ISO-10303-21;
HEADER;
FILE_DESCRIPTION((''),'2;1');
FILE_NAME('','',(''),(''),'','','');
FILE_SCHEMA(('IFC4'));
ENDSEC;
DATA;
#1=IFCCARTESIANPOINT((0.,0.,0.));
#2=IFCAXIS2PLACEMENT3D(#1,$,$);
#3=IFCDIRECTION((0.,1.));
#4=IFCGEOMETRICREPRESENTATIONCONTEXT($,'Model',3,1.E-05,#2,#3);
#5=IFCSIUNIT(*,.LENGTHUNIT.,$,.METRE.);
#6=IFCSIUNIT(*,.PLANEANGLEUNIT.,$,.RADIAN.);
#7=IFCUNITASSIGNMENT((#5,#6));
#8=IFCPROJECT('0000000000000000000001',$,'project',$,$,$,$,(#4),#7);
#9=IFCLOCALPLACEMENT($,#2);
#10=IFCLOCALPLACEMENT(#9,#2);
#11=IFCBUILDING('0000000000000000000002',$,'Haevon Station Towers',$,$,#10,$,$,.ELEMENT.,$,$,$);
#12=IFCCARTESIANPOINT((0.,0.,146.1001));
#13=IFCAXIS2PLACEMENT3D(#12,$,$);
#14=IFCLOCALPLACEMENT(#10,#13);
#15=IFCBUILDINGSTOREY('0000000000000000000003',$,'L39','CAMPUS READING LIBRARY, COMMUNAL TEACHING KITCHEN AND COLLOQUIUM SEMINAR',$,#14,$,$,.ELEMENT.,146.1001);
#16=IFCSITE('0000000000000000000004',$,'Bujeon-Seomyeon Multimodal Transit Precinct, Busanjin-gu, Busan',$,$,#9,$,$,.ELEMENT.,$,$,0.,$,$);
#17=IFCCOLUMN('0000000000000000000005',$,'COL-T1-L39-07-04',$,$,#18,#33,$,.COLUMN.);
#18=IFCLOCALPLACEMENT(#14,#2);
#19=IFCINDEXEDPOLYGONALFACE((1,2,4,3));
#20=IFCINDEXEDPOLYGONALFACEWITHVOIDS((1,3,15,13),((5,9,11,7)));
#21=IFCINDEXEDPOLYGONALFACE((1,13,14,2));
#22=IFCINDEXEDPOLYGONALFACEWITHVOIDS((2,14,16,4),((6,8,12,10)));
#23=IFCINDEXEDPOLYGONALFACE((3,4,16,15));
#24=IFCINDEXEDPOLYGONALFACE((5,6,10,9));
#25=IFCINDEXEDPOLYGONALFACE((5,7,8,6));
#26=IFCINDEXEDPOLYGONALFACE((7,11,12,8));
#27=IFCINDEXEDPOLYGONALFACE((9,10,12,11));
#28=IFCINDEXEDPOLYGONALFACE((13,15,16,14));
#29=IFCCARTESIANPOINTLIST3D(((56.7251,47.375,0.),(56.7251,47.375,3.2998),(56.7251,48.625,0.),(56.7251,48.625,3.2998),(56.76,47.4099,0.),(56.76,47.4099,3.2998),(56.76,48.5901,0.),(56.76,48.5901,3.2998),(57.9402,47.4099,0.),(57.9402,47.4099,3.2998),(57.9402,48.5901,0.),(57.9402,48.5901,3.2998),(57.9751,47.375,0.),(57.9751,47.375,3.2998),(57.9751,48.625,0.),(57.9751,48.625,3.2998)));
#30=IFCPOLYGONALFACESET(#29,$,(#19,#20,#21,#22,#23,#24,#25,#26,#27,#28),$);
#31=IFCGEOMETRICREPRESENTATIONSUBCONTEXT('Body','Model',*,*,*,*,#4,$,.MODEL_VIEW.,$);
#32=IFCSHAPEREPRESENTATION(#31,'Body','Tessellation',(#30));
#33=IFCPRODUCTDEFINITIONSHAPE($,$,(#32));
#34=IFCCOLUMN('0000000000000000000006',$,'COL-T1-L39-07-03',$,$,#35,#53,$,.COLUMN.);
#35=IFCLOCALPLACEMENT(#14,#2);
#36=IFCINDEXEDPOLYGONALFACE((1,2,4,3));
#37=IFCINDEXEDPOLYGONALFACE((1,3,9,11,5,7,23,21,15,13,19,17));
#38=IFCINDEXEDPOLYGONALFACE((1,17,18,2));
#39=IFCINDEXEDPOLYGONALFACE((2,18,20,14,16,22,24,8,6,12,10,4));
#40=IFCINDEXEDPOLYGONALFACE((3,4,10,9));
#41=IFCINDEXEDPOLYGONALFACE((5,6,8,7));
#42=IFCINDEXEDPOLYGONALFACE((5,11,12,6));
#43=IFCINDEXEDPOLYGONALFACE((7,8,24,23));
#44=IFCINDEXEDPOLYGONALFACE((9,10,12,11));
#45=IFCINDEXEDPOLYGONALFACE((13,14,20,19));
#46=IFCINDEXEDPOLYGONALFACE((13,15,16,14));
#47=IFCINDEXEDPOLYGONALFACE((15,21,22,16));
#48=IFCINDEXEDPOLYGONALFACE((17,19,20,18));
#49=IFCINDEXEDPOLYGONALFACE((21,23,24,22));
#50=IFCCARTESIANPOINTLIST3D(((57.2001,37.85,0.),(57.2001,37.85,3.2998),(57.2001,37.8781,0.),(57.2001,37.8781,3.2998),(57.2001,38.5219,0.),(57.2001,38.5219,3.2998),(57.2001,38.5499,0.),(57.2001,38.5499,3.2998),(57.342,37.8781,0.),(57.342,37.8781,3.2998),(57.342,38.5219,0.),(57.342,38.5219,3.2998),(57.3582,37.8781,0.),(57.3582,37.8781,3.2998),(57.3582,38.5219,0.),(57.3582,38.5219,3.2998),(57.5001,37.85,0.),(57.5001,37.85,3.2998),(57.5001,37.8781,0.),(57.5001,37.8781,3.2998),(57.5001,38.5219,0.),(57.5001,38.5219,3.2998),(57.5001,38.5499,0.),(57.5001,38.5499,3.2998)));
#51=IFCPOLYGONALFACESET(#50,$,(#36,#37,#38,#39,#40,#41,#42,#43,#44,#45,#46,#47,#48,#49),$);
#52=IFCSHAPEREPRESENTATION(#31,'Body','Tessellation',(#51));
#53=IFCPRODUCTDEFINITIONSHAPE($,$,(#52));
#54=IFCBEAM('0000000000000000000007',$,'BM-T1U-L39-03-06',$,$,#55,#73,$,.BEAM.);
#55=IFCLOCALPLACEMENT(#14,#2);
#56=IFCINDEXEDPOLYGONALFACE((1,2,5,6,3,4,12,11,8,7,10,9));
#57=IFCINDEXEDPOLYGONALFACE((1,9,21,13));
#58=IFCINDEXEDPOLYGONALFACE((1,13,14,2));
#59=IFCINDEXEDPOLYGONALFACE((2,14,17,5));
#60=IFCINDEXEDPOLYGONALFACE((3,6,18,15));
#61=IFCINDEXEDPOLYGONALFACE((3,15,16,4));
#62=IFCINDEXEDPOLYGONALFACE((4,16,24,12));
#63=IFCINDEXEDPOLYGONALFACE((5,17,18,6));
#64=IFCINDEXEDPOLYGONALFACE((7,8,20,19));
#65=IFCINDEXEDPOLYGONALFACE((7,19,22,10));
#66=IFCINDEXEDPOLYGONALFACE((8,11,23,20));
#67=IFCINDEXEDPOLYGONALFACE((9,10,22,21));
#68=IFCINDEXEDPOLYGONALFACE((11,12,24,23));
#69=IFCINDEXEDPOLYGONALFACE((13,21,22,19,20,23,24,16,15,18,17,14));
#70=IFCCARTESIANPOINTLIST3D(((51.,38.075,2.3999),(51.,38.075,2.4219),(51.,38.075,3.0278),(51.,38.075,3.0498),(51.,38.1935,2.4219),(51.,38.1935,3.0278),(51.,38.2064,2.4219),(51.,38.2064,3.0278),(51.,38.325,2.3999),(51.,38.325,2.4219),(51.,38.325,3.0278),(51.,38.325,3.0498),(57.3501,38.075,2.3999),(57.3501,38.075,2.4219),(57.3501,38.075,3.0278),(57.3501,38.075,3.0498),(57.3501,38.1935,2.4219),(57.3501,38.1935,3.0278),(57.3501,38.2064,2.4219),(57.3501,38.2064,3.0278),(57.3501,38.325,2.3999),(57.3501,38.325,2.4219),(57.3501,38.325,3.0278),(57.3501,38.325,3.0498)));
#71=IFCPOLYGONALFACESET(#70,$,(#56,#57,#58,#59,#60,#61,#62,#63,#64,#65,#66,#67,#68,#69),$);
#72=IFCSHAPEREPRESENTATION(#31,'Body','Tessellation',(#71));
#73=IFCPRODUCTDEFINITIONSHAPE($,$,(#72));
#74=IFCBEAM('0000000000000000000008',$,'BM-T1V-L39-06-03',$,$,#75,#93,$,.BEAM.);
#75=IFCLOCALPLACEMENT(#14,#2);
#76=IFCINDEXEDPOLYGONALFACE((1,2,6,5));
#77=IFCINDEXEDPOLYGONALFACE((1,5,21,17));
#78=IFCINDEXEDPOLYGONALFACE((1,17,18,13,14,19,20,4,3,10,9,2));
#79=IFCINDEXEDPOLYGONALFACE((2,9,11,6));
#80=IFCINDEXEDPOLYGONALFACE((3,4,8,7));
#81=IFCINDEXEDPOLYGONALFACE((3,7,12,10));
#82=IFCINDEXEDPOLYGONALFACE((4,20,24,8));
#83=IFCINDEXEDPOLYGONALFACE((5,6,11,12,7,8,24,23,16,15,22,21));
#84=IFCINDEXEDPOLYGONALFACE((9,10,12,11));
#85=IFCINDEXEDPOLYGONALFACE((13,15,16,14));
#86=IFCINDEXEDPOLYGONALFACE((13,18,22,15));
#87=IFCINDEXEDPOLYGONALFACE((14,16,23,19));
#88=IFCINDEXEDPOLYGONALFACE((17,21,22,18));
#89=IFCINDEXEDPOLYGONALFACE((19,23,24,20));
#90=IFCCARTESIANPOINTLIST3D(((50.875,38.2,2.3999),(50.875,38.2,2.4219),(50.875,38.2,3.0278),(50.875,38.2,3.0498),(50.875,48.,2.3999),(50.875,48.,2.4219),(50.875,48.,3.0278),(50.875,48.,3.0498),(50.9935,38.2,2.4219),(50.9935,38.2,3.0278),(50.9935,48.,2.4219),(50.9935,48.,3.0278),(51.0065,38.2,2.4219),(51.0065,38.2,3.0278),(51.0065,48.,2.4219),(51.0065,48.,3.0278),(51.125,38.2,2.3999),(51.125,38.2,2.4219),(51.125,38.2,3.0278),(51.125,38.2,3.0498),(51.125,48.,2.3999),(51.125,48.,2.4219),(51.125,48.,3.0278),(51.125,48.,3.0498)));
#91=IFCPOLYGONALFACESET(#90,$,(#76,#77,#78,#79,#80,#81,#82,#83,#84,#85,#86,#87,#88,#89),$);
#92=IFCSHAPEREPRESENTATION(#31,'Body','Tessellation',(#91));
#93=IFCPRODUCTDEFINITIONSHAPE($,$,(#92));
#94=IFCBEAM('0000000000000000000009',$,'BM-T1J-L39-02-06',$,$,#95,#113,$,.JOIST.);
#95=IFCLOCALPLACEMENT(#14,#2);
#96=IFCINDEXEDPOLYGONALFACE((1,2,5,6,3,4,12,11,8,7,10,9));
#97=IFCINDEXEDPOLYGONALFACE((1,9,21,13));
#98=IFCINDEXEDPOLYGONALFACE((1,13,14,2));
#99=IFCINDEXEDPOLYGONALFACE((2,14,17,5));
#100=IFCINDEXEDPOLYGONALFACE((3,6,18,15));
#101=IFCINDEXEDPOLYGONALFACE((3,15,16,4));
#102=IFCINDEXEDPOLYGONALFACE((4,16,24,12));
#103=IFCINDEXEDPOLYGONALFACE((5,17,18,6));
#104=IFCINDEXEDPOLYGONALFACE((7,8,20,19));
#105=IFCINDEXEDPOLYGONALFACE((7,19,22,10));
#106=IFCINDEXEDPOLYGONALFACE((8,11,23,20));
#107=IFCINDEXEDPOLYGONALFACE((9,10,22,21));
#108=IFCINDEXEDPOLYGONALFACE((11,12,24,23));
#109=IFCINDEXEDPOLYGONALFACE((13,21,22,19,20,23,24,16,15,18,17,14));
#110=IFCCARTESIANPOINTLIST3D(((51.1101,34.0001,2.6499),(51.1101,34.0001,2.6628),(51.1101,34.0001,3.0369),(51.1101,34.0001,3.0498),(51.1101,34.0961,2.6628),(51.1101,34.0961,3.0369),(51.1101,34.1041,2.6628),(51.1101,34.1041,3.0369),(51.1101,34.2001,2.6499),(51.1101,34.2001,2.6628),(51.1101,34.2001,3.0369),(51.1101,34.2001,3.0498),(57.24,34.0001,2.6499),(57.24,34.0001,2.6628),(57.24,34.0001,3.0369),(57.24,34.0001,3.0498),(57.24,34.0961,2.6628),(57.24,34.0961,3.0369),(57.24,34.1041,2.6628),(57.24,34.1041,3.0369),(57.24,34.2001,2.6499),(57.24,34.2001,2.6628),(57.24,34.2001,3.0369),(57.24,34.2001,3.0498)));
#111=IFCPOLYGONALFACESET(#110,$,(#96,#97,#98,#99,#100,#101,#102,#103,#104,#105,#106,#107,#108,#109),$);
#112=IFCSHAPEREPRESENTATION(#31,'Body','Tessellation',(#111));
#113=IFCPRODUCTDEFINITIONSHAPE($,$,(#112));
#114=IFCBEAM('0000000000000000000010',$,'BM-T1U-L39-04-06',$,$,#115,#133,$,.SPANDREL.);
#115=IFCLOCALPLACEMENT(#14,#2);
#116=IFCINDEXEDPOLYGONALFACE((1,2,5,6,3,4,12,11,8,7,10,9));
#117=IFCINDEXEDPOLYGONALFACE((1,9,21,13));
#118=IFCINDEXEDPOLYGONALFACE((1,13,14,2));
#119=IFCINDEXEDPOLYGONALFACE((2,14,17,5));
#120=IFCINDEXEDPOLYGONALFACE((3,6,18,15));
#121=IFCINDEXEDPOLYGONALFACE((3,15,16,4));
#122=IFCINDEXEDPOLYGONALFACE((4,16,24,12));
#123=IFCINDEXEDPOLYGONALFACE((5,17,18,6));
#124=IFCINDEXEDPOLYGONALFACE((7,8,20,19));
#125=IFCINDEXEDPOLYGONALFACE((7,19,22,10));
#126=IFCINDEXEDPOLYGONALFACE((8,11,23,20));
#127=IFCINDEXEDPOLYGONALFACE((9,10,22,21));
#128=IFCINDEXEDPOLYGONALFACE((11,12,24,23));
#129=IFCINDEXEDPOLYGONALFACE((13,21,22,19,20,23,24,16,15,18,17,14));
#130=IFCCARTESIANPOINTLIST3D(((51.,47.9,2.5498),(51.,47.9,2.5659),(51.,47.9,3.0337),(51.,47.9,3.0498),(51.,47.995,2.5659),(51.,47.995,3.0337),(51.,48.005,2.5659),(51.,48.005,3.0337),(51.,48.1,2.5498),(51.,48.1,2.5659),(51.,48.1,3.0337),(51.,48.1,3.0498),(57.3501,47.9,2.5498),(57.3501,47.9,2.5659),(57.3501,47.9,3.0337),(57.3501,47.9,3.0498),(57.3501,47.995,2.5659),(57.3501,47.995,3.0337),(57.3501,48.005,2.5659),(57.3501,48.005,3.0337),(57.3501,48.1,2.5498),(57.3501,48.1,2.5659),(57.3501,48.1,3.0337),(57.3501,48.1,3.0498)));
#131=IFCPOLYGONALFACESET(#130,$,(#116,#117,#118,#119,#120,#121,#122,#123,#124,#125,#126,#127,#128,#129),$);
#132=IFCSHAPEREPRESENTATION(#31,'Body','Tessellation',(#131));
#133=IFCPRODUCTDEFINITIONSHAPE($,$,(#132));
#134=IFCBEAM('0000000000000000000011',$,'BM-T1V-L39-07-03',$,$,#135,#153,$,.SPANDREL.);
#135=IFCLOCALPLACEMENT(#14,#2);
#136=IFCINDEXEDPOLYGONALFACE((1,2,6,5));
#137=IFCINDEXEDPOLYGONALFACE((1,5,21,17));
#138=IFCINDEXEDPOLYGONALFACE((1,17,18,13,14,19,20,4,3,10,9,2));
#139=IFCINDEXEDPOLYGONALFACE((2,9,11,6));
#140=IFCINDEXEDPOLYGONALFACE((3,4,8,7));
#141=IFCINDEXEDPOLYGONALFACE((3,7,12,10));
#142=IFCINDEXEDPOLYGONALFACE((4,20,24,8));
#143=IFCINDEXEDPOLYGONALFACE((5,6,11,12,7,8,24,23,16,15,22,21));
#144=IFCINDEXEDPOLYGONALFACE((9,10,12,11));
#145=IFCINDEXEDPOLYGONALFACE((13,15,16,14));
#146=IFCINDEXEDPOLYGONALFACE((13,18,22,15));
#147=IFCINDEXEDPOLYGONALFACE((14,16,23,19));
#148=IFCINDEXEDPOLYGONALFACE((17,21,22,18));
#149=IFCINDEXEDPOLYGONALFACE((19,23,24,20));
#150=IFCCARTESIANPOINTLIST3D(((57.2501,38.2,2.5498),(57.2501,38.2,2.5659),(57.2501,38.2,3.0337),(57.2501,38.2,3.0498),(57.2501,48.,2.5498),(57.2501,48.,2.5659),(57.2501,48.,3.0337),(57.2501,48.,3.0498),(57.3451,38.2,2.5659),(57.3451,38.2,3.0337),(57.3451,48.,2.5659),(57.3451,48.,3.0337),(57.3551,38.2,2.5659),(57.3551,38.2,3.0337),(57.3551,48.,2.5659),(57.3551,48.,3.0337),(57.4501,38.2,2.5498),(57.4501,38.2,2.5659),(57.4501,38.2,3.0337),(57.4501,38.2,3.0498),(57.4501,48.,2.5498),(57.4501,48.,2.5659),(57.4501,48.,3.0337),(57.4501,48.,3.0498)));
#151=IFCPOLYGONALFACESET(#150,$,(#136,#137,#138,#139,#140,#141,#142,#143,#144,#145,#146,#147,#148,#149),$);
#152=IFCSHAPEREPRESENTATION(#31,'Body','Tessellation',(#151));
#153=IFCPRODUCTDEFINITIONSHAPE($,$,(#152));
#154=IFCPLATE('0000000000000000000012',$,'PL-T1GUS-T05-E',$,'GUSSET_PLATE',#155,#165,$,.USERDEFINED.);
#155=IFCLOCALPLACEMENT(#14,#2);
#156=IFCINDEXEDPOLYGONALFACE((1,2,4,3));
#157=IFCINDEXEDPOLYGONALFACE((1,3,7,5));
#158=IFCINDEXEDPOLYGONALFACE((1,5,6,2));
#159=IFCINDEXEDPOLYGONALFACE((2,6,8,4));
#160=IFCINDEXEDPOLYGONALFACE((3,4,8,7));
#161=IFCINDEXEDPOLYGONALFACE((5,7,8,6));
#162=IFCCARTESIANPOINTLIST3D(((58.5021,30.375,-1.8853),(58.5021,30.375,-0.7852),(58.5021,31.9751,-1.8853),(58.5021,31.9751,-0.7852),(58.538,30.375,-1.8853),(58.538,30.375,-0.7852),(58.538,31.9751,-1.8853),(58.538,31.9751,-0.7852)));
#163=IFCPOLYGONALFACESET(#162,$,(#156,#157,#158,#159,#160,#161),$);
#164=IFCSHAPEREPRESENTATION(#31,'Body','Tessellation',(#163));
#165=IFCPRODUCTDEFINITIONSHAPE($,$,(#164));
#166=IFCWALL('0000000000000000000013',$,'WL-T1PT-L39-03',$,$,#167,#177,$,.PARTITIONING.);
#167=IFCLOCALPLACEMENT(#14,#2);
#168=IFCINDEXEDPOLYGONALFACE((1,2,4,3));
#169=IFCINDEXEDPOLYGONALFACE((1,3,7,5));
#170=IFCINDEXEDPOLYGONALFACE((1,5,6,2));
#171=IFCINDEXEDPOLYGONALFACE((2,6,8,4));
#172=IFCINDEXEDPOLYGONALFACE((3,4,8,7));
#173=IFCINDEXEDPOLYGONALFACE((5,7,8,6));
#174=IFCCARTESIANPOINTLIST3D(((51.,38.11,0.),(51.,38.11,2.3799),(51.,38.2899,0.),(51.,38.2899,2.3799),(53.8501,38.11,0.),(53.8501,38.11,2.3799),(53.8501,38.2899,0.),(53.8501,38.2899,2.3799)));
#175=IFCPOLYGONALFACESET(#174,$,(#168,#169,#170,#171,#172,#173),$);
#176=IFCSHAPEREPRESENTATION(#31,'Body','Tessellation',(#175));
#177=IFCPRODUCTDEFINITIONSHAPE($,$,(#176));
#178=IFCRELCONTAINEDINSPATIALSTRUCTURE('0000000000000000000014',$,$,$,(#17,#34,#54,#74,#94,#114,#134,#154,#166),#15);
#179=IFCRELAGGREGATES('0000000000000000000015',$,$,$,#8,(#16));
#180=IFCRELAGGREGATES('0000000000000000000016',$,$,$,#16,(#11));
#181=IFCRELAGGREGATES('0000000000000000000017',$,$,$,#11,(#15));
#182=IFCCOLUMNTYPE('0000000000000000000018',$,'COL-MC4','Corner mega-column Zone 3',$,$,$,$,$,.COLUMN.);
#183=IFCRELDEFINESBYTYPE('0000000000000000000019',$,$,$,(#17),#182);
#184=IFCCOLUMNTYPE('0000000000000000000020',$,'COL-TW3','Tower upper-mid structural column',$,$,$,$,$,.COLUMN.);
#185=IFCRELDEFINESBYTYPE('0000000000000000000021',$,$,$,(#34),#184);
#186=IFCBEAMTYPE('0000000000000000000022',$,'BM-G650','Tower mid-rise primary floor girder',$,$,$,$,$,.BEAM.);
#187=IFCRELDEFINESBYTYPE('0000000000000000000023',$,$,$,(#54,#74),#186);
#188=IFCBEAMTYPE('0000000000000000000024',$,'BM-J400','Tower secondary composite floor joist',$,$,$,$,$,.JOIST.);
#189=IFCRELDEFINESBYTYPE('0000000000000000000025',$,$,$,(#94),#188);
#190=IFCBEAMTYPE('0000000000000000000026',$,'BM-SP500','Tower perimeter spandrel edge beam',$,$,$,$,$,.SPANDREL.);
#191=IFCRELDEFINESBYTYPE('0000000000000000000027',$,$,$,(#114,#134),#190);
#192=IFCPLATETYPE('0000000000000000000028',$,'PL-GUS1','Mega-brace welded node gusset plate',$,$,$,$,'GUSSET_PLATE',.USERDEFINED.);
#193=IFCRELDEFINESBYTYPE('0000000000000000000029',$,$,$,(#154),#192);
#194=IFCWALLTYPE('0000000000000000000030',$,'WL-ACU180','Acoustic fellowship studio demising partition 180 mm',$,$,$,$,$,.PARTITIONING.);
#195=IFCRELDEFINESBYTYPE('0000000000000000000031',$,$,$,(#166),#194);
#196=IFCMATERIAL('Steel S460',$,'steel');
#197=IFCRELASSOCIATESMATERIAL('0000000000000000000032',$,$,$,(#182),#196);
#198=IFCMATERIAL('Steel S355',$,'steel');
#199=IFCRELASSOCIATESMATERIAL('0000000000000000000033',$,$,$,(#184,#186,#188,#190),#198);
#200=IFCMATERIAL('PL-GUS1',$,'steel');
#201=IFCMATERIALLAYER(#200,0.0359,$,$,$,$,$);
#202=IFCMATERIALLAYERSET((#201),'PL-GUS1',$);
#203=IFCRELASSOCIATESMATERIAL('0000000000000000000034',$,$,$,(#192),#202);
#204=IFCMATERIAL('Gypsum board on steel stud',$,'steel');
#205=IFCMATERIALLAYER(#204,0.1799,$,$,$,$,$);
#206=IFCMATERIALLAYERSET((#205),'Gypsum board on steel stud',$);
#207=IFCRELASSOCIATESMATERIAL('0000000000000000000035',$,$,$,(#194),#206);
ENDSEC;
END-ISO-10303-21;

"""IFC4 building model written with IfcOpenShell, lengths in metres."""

from ifc_helpers import new_model, si_unit, direction, frame, frame_2d, origin, origin_2d, place, context, subcontext, project, spatial, rectangle, hollow_rectangle, i_section, extrude, material, layer, layer_set, material_profile, profile_set, type_object, element, save


model = new_model("IFC4")

# Units and contexts
model_context = context("Model", 3, precision=1e-05, world=origin(), true_north=direction((0.0, 1.0)))
body_context = subcontext(model_context, "Body", "Model", "MODEL_VIEW")
ifc_project = project(units=[si_unit("LENGTHUNIT", "METRE"), si_unit("PLANEANGLEUNIT", "RADIAN")], contexts=[model_context])

# Site, building, storey
site_placement = place(None, origin())
site = spatial("IfcSite", under=ifc_project, at=site_placement, Name="Bujeon-Seomyeon Multimodal Transit Precinct, Busanjin-gu, Busan", CompositionType="ELEMENT", RefElevation=0.0)
building_placement = place(site_placement, origin())
building = spatial("IfcBuilding", under=site, at=building_placement, Name="Haevon Station Towers", CompositionType="ELEMENT")
storey_placement = place(building_placement, frame((0.0, 0.0, 146.1001)))
storey = spatial("IfcBuildingStorey", under=building, at=storey_placement, Name="L39", Description="CAMPUS READING LIBRARY, COMMUNAL TEACHING KITCHEN AND COLLOQUIUM SEMINAR", CompositionType="ELEMENT", Elevation=146.1001)

# Columns
ifc_material_1 = material(Name="Steel S460", Category="steel")
ifc_material_profile_1 = material_profile(ifc_material_1, hollow_rectangle(XDim=1.25, YDim=1.25, WallThickness=0.0349, at=origin_2d()), Name="BOX-1250x1250x35")
ifc_profile_set_1 = profile_set([ifc_material_profile_1], Name="Steel S460")
column_type_1 = type_object("IfcColumnType", Name="COL-MC4", Description="Corner mega-column Zone 3", PredefinedType="COLUMN", material=ifc_profile_set_1)
column_1_placement = place(storey_placement, frame((57.3501, 48.0, 0.0), z_axis=(0.0, 0.0, 1.0), x_axis=(1.0, 0.0, 0.0)))
element("IfcColumn", 1, at=column_1_placement, inside=storey, type_object=column_type_1, Name="COL-T1-L39-07-04", PredefinedType="COLUMN", context=body_context, shape_type="SweptSolid", body=[
    extrude(hollow_rectangle(XDim=1.25, YDim=1.25, WallThickness=0.0349, at=origin_2d()), origin(), (0.0, 0.0, 1.0), 3.2998),
])
ifc_material_2 = material(Name="Steel S355", Category="steel")
ifc_material_profile_2 = material_profile(ifc_material_2, i_section(OverallWidth=0.3, OverallDepth=0.7, WebThickness=0.0161, FlangeThickness=0.0281, at=origin_2d()), Name="H-700x300x16x28")
ifc_profile_set_2 = profile_set([ifc_material_profile_2], Name="Steel S355")
column_type_2 = type_object("IfcColumnType", Name="COL-TW3", Description="Tower upper-mid structural column", PredefinedType="COLUMN", material=ifc_profile_set_2)
column_2_placement = place(storey_placement, frame((57.3501, 38.2, 0.0), z_axis=(0.0, 0.0, 1.0), x_axis=(1.0, 0.0, 0.0)))
element("IfcColumn", 2, at=column_2_placement, inside=storey, type_object=column_type_2, Name="COL-T1-L39-07-03", PredefinedType="COLUMN", context=body_context, shape_type="SweptSolid", body=[
    extrude(i_section(OverallWidth=0.3, OverallDepth=0.7, WebThickness=0.0161, FlangeThickness=0.0281, at=origin_2d()), origin(), (0.0, 0.0, 1.0), 3.2998),
])

# Beams
ifc_material_profile_3 = material_profile(ifc_material_2, i_section(OverallWidth=0.25, OverallDepth=0.6499, WebThickness=0.0129, FlangeThickness=0.022, at=origin_2d()), Name="H-650x250x13x22")
ifc_profile_set_3 = profile_set([ifc_material_profile_3], Name="Steel S355")
beam_type_1 = type_object("IfcBeamType", Name="BM-G650", Description="Tower mid-rise primary floor girder", PredefinedType="BEAM", material=ifc_profile_set_3)
beam_1_placement = place(storey_placement, frame((51.0, 38.2, 2.7249), z_axis=(1.0, 0.0, 0.0), x_axis=(0.0, 1.0, 0.0)))
element("IfcBeam", 3, at=beam_1_placement, inside=storey, type_object=beam_type_1, Name="BM-T1U-L39-03-06", PredefinedType="BEAM", context=body_context, shape_type="SweptSolid", body=[
    extrude(i_section(OverallWidth=0.25, OverallDepth=0.6499, WebThickness=0.0129, FlangeThickness=0.022, at=origin_2d()), origin(), (0.0, 0.0, 1.0), 6.3501),
])
beam_2_placement = place(storey_placement, frame((51.0, 38.2, 2.7249), z_axis=(0.0, 1.0, 0.0), x_axis=(-1.0, 0.0, 0.0)))
element("IfcBeam", 4, at=beam_2_placement, inside=storey, type_object=beam_type_1, Name="BM-T1V-L39-06-03", PredefinedType="BEAM", context=body_context, shape_type="SweptSolid", body=[
    extrude(i_section(OverallWidth=0.25, OverallDepth=0.6499, WebThickness=0.0129, FlangeThickness=0.022, at=origin_2d()), origin(), (0.0, 0.0, 1.0), 9.8),
])
ifc_material_profile_4 = material_profile(ifc_material_2, i_section(OverallWidth=0.2, OverallDepth=0.3999, WebThickness=0.0081, FlangeThickness=0.0129, at=origin_2d()), Name="H-400x200x8x13")
ifc_profile_set_4 = profile_set([ifc_material_profile_4], Name="Steel S355")
beam_type_2 = type_object("IfcBeamType", Name="BM-J400", Description="Tower secondary composite floor joist", PredefinedType="JOIST", material=ifc_profile_set_4)
beam_3_placement = place(storey_placement, frame((51.1101, 34.1001, 2.8499), z_axis=(1.0, 0.0, 0.0), x_axis=(0.0, 1.0, 0.0)))
element("IfcBeam", 5, at=beam_3_placement, inside=storey, type_object=beam_type_2, Name="BM-T1J-L39-02-06", PredefinedType="JOIST", context=body_context, shape_type="SweptSolid", body=[
    extrude(i_section(OverallWidth=0.2, OverallDepth=0.3999, WebThickness=0.0081, FlangeThickness=0.0129, at=origin_2d()), origin(), (0.0, 0.0, 1.0), 6.1299),
])
ifc_material_profile_5 = material_profile(ifc_material_2, i_section(OverallWidth=0.2, OverallDepth=0.5, WebThickness=0.01, FlangeThickness=0.0161, at=origin_2d()), Name="H-500x200x10x16")
ifc_profile_set_5 = profile_set([ifc_material_profile_5], Name="Steel S355")
beam_type_3 = type_object("IfcBeamType", Name="BM-SP500", Description="Tower perimeter spandrel edge beam", PredefinedType="SPANDREL", material=ifc_profile_set_5)
beam_4_placement = place(storey_placement, frame((51.0, 48.0, 2.7998), z_axis=(1.0, 0.0, 0.0), x_axis=(0.0, 1.0, 0.0)))
element("IfcBeam", 6, at=beam_4_placement, inside=storey, type_object=beam_type_3, Name="BM-T1U-L39-04-06", PredefinedType="SPANDREL", context=body_context, shape_type="SweptSolid", body=[
    extrude(i_section(OverallWidth=0.2, OverallDepth=0.5, WebThickness=0.01, FlangeThickness=0.0161, at=origin_2d()), origin(), (0.0, 0.0, 1.0), 6.3501),
])
beam_5_placement = place(storey_placement, frame((57.3501, 38.2, 2.7998), z_axis=(0.0, 1.0, 0.0), x_axis=(-1.0, 0.0, 0.0)))
element("IfcBeam", 7, at=beam_5_placement, inside=storey, type_object=beam_type_3, Name="BM-T1V-L39-07-03", PredefinedType="SPANDREL", context=body_context, shape_type="SweptSolid", body=[
    extrude(i_section(OverallWidth=0.2, OverallDepth=0.5, WebThickness=0.01, FlangeThickness=0.0161, at=origin_2d()), origin(), (0.0, 0.0, 1.0), 9.8),
])

# Plate
ifc_material_3 = material(Name="PL-GUS1", Category="steel")
ifc_layer_1 = layer(ifc_material_3, 0.0359)
ifc_layer_set_1 = layer_set([ifc_layer_1], Name="PL-GUS1")
plate_type = type_object("IfcPlateType", Name="PL-GUS1", Description="Mega-brace welded node gusset plate", ElementType="GUSSET_PLATE", PredefinedType="USERDEFINED", material=ifc_layer_set_1)
plate_placement = place(storey_placement, frame((58.52, 31.175, -1.8853), z_axis=(0.0, 0.0, 1.0), x_axis=(0.0, 1.0, 0.0)))
element("IfcPlate", 8, at=plate_placement, inside=storey, type_object=plate_type, Name="PL-T1GUS-T05-E", ObjectType="GUSSET_PLATE", PredefinedType="USERDEFINED", context=body_context, shape_type="SweptSolid", body=[
    extrude(rectangle(XDim=1.6001, YDim=0.0359, at=origin_2d()), origin(), (0.0, 0.0, 1.0), 1.1001),
])

# Wall
ifc_material_4 = material(Name="Gypsum board on steel stud", Category="steel")
ifc_layer_2 = layer(ifc_material_4, 0.1799)
ifc_layer_set_2 = layer_set([ifc_layer_2], Name="Gypsum board on steel stud")
wall_type_1 = type_object("IfcWallType", Name="WL-ACU180", Description="Acoustic fellowship studio demising partition 180 mm", PredefinedType="PARTITIONING", material=ifc_layer_set_2)
wall_1_placement = place(storey_placement, frame((51.0, 38.2, 0.0), z_axis=(0.0, 0.0, 1.0), x_axis=(1.0, 0.0, 0.0)))
element("IfcWall", 9, at=wall_1_placement, inside=storey, type_object=wall_type_1, Name="WL-T1PT-L39-03", PredefinedType="PARTITIONING", context=body_context, shape_type="SweptSolid", body=[
    extrude(rectangle(XDim=2.8501, YDim=0.1799, at=frame_2d((1.425, 0.0))), origin(), (0.0, 0.0, 1.0), 2.3799),
])

save(model, "model.ifc")
